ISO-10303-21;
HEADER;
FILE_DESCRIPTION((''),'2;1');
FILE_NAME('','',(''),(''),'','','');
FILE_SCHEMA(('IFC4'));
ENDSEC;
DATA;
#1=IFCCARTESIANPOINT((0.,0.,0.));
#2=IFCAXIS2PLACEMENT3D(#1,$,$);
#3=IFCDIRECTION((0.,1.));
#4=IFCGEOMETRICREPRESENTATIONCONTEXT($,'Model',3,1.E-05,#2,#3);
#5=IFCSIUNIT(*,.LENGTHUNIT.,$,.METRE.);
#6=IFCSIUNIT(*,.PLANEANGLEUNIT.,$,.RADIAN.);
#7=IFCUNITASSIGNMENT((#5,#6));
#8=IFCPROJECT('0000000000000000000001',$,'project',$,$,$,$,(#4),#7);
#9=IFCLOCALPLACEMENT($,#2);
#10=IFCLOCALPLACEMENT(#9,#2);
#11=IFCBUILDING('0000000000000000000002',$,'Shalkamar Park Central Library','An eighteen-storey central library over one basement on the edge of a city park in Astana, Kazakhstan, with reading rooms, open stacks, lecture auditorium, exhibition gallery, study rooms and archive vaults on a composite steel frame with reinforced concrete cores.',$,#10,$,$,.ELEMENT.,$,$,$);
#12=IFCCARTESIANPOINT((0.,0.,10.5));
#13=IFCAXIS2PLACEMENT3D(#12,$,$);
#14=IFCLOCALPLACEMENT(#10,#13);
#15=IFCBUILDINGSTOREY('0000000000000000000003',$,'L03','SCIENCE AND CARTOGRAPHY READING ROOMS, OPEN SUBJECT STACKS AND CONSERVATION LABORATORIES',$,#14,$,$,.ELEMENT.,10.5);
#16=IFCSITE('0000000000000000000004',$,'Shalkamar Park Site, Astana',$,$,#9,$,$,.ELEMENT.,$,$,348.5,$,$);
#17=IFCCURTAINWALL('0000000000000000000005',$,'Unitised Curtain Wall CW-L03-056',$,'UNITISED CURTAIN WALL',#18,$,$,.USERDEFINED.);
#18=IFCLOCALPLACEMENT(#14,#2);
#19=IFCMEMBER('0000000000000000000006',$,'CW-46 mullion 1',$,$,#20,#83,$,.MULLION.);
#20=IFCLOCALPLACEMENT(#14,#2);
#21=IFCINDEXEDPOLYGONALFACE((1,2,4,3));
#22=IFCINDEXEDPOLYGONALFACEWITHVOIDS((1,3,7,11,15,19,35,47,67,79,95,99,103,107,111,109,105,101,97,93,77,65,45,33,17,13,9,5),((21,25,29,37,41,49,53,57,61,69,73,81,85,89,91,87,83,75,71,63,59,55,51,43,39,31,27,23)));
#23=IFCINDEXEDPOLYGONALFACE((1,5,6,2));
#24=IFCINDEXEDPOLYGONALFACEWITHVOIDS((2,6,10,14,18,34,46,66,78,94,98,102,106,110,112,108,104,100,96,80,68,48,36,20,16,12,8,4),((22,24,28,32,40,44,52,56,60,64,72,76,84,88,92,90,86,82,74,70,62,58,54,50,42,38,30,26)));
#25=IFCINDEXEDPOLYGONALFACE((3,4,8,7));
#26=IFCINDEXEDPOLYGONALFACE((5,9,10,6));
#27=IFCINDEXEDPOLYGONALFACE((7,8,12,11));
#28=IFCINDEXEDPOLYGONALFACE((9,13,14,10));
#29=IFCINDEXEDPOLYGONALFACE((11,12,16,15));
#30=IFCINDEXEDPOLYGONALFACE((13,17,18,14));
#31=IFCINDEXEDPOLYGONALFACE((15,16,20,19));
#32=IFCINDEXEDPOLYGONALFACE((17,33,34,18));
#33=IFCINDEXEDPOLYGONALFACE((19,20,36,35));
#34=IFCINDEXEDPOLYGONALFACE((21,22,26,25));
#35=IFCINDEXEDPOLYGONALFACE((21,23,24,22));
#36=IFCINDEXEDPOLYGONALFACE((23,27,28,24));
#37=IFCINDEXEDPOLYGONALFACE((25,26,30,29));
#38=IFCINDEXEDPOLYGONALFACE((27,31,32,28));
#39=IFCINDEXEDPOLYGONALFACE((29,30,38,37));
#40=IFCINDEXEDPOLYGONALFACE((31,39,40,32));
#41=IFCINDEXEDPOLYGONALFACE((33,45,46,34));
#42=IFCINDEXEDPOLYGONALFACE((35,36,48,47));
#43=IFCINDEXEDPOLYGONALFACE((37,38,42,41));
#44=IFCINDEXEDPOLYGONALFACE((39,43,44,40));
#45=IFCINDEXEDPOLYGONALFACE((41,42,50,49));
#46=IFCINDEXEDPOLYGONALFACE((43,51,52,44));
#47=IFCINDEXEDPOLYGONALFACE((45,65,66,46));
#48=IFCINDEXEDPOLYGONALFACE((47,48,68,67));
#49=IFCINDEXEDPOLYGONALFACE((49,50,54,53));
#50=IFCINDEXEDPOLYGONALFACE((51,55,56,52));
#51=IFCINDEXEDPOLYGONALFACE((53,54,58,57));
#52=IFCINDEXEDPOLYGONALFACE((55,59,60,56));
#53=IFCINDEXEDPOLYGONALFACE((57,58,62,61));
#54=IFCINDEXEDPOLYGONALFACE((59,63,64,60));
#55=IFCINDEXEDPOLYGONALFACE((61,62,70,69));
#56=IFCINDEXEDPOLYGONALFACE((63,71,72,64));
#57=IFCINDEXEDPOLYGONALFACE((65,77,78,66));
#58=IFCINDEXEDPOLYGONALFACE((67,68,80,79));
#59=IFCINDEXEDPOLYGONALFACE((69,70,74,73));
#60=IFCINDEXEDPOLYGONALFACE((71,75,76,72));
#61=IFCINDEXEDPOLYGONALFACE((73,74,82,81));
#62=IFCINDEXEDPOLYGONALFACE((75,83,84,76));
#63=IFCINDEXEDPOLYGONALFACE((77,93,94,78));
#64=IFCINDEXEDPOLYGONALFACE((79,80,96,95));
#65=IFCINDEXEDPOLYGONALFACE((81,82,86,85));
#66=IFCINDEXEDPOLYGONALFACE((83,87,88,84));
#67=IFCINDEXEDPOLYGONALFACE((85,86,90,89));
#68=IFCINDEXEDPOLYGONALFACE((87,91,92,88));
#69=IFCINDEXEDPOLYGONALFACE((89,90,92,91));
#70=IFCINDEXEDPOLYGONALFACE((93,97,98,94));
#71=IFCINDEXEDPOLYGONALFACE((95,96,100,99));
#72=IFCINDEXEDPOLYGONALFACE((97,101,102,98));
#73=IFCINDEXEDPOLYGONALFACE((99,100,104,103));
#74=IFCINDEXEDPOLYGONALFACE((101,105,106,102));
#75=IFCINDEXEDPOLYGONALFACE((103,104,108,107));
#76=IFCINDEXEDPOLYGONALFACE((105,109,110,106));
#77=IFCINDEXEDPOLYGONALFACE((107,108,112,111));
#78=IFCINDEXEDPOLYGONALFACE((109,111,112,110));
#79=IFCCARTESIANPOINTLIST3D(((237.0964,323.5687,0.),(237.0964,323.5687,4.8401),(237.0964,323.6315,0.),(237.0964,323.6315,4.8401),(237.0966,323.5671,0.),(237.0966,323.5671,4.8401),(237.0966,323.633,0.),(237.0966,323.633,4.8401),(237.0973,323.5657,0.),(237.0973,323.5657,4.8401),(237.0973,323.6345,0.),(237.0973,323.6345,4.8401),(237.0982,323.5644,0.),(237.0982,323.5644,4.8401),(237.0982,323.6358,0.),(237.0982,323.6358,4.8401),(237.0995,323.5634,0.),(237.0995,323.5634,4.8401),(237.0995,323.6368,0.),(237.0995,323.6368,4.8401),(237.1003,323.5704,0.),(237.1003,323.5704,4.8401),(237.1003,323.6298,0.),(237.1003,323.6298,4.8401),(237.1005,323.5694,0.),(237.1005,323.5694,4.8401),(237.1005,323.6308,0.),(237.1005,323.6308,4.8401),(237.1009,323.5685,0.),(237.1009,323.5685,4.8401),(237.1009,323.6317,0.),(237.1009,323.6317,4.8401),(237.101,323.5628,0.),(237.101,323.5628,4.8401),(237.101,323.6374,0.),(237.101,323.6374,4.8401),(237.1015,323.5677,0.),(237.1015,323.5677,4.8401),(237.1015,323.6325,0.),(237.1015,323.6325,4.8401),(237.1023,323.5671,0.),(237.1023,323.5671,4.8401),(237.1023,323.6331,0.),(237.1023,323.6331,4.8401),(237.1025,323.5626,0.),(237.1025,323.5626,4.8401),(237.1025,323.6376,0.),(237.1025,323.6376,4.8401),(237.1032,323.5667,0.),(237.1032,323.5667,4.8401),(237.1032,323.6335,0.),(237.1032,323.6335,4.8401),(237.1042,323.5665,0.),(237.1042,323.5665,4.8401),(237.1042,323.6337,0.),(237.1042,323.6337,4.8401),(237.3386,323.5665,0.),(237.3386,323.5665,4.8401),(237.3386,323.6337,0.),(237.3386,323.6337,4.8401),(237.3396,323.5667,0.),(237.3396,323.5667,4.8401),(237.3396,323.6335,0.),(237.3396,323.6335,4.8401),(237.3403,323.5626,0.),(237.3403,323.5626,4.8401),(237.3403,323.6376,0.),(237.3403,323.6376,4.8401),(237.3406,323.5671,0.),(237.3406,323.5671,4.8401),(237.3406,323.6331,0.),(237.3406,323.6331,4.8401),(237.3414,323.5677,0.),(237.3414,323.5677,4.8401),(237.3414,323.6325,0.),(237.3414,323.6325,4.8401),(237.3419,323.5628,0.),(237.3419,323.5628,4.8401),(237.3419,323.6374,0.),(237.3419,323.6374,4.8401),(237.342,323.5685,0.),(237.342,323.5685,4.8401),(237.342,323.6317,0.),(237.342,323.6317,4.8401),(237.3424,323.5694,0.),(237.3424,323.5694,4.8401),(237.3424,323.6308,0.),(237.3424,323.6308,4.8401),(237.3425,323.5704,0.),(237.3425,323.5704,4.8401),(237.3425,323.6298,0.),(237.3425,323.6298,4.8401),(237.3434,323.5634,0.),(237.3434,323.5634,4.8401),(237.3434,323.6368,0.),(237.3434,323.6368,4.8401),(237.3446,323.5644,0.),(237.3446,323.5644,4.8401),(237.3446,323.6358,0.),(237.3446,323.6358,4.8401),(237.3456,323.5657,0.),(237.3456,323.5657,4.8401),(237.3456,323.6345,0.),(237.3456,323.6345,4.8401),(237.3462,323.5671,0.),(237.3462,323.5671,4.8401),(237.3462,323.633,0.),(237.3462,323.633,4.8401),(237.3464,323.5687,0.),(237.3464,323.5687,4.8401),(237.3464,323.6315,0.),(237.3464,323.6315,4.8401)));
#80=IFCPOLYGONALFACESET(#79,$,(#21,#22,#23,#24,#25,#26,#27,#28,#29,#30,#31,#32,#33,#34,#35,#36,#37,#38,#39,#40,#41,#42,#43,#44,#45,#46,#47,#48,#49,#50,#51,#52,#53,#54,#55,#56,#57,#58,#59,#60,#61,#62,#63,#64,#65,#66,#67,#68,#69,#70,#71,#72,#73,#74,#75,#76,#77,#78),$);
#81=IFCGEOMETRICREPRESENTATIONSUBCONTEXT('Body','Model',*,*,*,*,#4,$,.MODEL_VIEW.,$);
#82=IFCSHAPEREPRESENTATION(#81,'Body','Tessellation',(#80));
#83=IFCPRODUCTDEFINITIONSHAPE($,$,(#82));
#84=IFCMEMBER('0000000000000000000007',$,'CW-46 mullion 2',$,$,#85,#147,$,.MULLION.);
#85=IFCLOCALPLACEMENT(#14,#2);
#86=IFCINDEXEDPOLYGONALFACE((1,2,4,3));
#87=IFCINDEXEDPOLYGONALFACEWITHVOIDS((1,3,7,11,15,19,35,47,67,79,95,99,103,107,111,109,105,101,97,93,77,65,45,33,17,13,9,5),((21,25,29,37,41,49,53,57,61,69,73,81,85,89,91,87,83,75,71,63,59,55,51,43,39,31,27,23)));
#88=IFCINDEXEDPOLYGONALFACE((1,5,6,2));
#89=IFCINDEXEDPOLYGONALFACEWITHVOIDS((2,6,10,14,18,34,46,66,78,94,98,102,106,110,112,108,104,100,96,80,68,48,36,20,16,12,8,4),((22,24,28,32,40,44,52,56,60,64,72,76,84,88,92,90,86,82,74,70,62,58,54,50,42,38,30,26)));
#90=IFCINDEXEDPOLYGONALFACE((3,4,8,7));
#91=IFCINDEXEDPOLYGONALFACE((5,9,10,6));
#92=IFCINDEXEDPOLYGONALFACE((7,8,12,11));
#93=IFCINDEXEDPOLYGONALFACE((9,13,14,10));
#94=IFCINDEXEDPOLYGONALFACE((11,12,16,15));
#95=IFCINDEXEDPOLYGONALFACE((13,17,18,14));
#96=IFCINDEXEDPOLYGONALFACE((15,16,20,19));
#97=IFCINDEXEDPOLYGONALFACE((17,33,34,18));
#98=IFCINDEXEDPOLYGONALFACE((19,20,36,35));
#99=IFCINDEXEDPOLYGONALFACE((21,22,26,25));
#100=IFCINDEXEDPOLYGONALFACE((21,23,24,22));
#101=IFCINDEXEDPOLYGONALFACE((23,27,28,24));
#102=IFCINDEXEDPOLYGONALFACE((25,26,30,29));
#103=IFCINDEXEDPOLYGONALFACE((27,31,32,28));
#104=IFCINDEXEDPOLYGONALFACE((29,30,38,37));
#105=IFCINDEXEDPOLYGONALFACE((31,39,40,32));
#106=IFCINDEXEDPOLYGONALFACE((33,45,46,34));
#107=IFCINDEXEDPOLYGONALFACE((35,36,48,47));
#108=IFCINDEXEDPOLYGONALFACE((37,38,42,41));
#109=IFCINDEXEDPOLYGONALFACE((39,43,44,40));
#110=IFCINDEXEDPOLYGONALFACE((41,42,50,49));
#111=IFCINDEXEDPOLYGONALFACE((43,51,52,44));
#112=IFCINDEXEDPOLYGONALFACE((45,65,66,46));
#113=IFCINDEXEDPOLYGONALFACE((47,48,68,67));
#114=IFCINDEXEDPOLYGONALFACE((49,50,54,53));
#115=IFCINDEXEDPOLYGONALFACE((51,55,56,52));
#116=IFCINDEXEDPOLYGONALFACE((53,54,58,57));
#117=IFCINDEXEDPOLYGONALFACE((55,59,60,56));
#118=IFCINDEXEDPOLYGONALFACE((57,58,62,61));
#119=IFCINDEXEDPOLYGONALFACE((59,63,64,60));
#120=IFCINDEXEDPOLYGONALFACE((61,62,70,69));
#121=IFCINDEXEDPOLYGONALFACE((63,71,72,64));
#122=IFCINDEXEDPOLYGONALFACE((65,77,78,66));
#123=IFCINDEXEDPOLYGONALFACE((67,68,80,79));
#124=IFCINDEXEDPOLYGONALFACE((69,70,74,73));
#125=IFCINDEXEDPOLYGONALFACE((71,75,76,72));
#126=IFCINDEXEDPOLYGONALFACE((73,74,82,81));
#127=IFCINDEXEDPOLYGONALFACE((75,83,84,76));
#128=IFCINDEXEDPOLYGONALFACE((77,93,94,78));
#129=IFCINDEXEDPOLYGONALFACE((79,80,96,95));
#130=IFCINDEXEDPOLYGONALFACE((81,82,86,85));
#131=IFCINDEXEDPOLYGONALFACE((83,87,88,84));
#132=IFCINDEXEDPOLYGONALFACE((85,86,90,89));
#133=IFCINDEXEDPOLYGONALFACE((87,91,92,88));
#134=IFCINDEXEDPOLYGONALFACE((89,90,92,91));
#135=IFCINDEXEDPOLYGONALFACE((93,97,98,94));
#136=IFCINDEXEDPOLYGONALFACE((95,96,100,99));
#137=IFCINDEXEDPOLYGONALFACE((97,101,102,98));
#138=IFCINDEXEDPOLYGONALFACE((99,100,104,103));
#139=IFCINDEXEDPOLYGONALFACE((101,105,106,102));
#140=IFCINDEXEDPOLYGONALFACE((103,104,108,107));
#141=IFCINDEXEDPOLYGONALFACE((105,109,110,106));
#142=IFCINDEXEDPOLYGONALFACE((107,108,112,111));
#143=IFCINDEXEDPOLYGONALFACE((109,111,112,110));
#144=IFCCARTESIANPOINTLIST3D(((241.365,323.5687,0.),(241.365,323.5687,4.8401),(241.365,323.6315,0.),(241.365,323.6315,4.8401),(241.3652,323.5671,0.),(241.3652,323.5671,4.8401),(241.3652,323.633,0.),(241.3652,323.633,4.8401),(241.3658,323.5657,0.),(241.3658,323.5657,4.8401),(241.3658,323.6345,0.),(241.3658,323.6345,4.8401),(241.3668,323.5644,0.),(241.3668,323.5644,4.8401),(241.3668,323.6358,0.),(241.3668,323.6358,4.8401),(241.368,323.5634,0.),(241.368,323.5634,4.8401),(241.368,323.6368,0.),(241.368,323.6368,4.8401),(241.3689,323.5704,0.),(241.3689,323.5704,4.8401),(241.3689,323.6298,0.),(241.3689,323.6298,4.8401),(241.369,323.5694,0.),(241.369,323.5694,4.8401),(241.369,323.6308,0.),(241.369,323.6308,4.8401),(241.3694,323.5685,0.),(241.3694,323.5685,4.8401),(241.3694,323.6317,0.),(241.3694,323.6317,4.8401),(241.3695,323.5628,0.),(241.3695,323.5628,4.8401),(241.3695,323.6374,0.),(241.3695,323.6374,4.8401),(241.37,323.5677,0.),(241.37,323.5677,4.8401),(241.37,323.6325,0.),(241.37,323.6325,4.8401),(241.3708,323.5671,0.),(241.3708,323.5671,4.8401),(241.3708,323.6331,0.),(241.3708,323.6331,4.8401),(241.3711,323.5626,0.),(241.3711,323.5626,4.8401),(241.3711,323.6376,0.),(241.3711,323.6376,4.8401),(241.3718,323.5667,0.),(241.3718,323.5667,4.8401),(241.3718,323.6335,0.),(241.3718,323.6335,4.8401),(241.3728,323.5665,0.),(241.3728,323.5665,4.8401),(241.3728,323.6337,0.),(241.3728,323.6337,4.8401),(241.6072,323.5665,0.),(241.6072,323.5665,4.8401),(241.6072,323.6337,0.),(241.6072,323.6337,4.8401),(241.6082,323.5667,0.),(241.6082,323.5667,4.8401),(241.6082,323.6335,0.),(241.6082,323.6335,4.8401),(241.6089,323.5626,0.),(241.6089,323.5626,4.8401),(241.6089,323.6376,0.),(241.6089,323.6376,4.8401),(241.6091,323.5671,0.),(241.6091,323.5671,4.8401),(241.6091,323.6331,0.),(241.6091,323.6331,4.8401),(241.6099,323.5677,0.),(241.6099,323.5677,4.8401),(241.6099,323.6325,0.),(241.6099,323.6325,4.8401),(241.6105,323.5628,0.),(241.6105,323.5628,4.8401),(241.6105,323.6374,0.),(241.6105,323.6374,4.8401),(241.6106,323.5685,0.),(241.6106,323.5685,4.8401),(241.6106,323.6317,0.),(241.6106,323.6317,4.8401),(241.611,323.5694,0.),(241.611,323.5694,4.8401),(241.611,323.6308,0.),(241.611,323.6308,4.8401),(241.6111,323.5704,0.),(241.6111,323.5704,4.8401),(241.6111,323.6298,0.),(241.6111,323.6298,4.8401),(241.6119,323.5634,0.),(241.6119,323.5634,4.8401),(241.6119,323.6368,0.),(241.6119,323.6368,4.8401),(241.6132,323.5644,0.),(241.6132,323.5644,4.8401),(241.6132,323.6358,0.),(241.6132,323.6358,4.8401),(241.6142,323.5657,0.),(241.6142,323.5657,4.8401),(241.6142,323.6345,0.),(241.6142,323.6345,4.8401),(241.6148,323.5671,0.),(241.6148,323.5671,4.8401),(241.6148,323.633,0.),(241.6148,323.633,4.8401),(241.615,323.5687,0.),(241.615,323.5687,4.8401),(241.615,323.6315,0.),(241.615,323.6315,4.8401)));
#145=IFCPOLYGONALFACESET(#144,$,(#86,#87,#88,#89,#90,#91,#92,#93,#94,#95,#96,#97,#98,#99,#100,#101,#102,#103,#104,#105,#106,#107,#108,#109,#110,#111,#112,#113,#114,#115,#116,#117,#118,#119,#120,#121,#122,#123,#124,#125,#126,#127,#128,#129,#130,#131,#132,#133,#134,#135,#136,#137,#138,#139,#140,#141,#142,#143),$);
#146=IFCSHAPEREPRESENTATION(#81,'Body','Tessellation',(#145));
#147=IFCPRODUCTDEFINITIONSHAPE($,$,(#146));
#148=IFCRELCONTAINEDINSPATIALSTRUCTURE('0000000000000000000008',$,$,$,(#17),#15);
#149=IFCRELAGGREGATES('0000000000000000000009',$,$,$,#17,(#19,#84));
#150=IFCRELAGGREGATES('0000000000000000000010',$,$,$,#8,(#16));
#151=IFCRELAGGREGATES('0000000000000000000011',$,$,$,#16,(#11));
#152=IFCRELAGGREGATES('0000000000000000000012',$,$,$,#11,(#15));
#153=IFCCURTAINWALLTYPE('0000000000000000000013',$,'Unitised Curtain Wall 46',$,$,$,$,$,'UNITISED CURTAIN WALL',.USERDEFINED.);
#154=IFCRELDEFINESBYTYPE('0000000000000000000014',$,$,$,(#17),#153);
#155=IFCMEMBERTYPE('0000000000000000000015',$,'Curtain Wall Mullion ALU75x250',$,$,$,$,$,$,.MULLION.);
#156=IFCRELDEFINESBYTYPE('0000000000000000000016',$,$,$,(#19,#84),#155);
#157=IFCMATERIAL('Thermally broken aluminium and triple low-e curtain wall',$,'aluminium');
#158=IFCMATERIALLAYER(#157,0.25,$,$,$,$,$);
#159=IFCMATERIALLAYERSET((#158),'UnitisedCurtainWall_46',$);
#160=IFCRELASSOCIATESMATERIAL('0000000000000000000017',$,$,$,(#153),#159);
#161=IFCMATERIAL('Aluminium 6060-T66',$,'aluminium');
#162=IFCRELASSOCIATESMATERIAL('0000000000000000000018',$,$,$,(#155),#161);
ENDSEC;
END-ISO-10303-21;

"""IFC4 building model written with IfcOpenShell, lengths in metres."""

from ifc_helpers import new_model, si_unit, direction, frame, origin, origin_2d, place, context, subcontext, project, spatial, hollow_rectangle, extrude, material, layer, layer_set, material_profile, profile_set, type_object, element, aggregate, save


model = new_model("IFC4")

# Units and contexts
model_context = context("Model", 3, precision=1e-05, world=origin(), true_north=direction((0.0, 1.0)))
body_context = subcontext(model_context, "Body", "Model", "MODEL_VIEW")
ifc_project = project(units=[si_unit("LENGTHUNIT", "METRE"), si_unit("PLANEANGLEUNIT", "RADIAN")], contexts=[model_context])

# Site, building, storey
site_placement = place(None, origin())
site = spatial("IfcSite", under=ifc_project, at=site_placement, Name="Shalkamar Park Site, Astana", CompositionType="ELEMENT", RefElevation=348.5)
building_placement = place(site_placement, origin())
building = spatial("IfcBuilding", under=site, at=building_placement, Name="Shalkamar Park Central Library", Description="An eighteen-storey central library over one basement on the edge of a city park in Astana, Kazakhstan, with reading rooms, open stacks, lecture auditorium, exhibition gallery, study rooms and archive vaults on a composite steel frame with reinforced concrete cores.", CompositionType="ELEMENT")
storey_placement = place(building_placement, frame((0.0, 0.0, 10.5)))
storey = spatial("IfcBuildingStorey", under=building, at=storey_placement, Name="L03", Description="SCIENCE AND CARTOGRAPHY READING ROOMS, OPEN SUBJECT STACKS AND CONSERVATION LABORATORIES", CompositionType="ELEMENT", Elevation=10.5)

# Curtain wall, members
ifc_material_1 = material(Name="Thermally broken aluminium and triple low-e curtain wall", Category="aluminium")
ifc_layer_1 = layer(ifc_material_1, 0.25)
ifc_layer_set_1 = layer_set([ifc_layer_1], Name="UnitisedCurtainWall_46")
curtain_wall_type = type_object("IfcCurtainWallType", Name="Unitised Curtain Wall 46", ElementType="UNITISED CURTAIN WALL", PredefinedType="USERDEFINED", material=ifc_layer_set_1)
curtain_wall_placement = place(storey_placement, origin())
curtain_wall = element("IfcCurtainWall", 1, at=curtain_wall_placement, inside=storey, type_object=curtain_wall_type, Name="Unitised Curtain Wall CW-L03-056", ObjectType="UNITISED CURTAIN WALL", PredefinedType="USERDEFINED")
ifc_material_2 = material(Name="Aluminium 6060-T66", Category="aluminium")
ifc_material_profile_1 = material_profile(ifc_material_2, hollow_rectangle(XDim=0.075, YDim=0.25, WallThickness=0.0039, InnerFilletRadius=0.0039, OuterFilletRadius=0.0061, at=origin_2d()), Name="ALU 75x250x4")
ifc_profile_set_1 = profile_set([ifc_material_profile_1], Name="Aluminium 6060-T66")
member_type_1 = type_object("IfcMemberType", Name="Curtain Wall Mullion ALU75x250", PredefinedType="MULLION", material=ifc_profile_set_1)
member_1_placement = place(storey_placement, frame((237.2214, 323.6001, 0.0), z_axis=(0.0, 0.0, 1.0), x_axis=(0.0, 1.0, 0.0)))
member_1 = element("IfcMember", 2, at=member_1_placement, type_object=member_type_1, Name="CW-46 mullion 1", PredefinedType="MULLION", context=body_context, shape_type="SweptSolid", body=[
    extrude(hollow_rectangle(XDim=0.075, YDim=0.25, WallThickness=0.0039, InnerFilletRadius=0.0039, OuterFilletRadius=0.0061, at=origin_2d()), origin(), (0.0, 0.0, 1.0), 4.8401),
])
member_2_placement = place(storey_placement, frame((241.49, 323.6001, 0.0), z_axis=(0.0, 0.0, 1.0), x_axis=(0.0, 1.0, 0.0)))
member_2 = element("IfcMember", 3, at=member_2_placement, type_object=member_type_1, Name="CW-46 mullion 2", PredefinedType="MULLION", context=body_context, shape_type="SweptSolid", body=[
    extrude(hollow_rectangle(XDim=0.075, YDim=0.25, WallThickness=0.0039, InnerFilletRadius=0.0039, OuterFilletRadius=0.0061, at=origin_2d()), origin(), (0.0, 0.0, 1.0), 4.8401),
])

aggregate(curtain_wall, [member_1, member_2])

save(model, "model.ifc")
